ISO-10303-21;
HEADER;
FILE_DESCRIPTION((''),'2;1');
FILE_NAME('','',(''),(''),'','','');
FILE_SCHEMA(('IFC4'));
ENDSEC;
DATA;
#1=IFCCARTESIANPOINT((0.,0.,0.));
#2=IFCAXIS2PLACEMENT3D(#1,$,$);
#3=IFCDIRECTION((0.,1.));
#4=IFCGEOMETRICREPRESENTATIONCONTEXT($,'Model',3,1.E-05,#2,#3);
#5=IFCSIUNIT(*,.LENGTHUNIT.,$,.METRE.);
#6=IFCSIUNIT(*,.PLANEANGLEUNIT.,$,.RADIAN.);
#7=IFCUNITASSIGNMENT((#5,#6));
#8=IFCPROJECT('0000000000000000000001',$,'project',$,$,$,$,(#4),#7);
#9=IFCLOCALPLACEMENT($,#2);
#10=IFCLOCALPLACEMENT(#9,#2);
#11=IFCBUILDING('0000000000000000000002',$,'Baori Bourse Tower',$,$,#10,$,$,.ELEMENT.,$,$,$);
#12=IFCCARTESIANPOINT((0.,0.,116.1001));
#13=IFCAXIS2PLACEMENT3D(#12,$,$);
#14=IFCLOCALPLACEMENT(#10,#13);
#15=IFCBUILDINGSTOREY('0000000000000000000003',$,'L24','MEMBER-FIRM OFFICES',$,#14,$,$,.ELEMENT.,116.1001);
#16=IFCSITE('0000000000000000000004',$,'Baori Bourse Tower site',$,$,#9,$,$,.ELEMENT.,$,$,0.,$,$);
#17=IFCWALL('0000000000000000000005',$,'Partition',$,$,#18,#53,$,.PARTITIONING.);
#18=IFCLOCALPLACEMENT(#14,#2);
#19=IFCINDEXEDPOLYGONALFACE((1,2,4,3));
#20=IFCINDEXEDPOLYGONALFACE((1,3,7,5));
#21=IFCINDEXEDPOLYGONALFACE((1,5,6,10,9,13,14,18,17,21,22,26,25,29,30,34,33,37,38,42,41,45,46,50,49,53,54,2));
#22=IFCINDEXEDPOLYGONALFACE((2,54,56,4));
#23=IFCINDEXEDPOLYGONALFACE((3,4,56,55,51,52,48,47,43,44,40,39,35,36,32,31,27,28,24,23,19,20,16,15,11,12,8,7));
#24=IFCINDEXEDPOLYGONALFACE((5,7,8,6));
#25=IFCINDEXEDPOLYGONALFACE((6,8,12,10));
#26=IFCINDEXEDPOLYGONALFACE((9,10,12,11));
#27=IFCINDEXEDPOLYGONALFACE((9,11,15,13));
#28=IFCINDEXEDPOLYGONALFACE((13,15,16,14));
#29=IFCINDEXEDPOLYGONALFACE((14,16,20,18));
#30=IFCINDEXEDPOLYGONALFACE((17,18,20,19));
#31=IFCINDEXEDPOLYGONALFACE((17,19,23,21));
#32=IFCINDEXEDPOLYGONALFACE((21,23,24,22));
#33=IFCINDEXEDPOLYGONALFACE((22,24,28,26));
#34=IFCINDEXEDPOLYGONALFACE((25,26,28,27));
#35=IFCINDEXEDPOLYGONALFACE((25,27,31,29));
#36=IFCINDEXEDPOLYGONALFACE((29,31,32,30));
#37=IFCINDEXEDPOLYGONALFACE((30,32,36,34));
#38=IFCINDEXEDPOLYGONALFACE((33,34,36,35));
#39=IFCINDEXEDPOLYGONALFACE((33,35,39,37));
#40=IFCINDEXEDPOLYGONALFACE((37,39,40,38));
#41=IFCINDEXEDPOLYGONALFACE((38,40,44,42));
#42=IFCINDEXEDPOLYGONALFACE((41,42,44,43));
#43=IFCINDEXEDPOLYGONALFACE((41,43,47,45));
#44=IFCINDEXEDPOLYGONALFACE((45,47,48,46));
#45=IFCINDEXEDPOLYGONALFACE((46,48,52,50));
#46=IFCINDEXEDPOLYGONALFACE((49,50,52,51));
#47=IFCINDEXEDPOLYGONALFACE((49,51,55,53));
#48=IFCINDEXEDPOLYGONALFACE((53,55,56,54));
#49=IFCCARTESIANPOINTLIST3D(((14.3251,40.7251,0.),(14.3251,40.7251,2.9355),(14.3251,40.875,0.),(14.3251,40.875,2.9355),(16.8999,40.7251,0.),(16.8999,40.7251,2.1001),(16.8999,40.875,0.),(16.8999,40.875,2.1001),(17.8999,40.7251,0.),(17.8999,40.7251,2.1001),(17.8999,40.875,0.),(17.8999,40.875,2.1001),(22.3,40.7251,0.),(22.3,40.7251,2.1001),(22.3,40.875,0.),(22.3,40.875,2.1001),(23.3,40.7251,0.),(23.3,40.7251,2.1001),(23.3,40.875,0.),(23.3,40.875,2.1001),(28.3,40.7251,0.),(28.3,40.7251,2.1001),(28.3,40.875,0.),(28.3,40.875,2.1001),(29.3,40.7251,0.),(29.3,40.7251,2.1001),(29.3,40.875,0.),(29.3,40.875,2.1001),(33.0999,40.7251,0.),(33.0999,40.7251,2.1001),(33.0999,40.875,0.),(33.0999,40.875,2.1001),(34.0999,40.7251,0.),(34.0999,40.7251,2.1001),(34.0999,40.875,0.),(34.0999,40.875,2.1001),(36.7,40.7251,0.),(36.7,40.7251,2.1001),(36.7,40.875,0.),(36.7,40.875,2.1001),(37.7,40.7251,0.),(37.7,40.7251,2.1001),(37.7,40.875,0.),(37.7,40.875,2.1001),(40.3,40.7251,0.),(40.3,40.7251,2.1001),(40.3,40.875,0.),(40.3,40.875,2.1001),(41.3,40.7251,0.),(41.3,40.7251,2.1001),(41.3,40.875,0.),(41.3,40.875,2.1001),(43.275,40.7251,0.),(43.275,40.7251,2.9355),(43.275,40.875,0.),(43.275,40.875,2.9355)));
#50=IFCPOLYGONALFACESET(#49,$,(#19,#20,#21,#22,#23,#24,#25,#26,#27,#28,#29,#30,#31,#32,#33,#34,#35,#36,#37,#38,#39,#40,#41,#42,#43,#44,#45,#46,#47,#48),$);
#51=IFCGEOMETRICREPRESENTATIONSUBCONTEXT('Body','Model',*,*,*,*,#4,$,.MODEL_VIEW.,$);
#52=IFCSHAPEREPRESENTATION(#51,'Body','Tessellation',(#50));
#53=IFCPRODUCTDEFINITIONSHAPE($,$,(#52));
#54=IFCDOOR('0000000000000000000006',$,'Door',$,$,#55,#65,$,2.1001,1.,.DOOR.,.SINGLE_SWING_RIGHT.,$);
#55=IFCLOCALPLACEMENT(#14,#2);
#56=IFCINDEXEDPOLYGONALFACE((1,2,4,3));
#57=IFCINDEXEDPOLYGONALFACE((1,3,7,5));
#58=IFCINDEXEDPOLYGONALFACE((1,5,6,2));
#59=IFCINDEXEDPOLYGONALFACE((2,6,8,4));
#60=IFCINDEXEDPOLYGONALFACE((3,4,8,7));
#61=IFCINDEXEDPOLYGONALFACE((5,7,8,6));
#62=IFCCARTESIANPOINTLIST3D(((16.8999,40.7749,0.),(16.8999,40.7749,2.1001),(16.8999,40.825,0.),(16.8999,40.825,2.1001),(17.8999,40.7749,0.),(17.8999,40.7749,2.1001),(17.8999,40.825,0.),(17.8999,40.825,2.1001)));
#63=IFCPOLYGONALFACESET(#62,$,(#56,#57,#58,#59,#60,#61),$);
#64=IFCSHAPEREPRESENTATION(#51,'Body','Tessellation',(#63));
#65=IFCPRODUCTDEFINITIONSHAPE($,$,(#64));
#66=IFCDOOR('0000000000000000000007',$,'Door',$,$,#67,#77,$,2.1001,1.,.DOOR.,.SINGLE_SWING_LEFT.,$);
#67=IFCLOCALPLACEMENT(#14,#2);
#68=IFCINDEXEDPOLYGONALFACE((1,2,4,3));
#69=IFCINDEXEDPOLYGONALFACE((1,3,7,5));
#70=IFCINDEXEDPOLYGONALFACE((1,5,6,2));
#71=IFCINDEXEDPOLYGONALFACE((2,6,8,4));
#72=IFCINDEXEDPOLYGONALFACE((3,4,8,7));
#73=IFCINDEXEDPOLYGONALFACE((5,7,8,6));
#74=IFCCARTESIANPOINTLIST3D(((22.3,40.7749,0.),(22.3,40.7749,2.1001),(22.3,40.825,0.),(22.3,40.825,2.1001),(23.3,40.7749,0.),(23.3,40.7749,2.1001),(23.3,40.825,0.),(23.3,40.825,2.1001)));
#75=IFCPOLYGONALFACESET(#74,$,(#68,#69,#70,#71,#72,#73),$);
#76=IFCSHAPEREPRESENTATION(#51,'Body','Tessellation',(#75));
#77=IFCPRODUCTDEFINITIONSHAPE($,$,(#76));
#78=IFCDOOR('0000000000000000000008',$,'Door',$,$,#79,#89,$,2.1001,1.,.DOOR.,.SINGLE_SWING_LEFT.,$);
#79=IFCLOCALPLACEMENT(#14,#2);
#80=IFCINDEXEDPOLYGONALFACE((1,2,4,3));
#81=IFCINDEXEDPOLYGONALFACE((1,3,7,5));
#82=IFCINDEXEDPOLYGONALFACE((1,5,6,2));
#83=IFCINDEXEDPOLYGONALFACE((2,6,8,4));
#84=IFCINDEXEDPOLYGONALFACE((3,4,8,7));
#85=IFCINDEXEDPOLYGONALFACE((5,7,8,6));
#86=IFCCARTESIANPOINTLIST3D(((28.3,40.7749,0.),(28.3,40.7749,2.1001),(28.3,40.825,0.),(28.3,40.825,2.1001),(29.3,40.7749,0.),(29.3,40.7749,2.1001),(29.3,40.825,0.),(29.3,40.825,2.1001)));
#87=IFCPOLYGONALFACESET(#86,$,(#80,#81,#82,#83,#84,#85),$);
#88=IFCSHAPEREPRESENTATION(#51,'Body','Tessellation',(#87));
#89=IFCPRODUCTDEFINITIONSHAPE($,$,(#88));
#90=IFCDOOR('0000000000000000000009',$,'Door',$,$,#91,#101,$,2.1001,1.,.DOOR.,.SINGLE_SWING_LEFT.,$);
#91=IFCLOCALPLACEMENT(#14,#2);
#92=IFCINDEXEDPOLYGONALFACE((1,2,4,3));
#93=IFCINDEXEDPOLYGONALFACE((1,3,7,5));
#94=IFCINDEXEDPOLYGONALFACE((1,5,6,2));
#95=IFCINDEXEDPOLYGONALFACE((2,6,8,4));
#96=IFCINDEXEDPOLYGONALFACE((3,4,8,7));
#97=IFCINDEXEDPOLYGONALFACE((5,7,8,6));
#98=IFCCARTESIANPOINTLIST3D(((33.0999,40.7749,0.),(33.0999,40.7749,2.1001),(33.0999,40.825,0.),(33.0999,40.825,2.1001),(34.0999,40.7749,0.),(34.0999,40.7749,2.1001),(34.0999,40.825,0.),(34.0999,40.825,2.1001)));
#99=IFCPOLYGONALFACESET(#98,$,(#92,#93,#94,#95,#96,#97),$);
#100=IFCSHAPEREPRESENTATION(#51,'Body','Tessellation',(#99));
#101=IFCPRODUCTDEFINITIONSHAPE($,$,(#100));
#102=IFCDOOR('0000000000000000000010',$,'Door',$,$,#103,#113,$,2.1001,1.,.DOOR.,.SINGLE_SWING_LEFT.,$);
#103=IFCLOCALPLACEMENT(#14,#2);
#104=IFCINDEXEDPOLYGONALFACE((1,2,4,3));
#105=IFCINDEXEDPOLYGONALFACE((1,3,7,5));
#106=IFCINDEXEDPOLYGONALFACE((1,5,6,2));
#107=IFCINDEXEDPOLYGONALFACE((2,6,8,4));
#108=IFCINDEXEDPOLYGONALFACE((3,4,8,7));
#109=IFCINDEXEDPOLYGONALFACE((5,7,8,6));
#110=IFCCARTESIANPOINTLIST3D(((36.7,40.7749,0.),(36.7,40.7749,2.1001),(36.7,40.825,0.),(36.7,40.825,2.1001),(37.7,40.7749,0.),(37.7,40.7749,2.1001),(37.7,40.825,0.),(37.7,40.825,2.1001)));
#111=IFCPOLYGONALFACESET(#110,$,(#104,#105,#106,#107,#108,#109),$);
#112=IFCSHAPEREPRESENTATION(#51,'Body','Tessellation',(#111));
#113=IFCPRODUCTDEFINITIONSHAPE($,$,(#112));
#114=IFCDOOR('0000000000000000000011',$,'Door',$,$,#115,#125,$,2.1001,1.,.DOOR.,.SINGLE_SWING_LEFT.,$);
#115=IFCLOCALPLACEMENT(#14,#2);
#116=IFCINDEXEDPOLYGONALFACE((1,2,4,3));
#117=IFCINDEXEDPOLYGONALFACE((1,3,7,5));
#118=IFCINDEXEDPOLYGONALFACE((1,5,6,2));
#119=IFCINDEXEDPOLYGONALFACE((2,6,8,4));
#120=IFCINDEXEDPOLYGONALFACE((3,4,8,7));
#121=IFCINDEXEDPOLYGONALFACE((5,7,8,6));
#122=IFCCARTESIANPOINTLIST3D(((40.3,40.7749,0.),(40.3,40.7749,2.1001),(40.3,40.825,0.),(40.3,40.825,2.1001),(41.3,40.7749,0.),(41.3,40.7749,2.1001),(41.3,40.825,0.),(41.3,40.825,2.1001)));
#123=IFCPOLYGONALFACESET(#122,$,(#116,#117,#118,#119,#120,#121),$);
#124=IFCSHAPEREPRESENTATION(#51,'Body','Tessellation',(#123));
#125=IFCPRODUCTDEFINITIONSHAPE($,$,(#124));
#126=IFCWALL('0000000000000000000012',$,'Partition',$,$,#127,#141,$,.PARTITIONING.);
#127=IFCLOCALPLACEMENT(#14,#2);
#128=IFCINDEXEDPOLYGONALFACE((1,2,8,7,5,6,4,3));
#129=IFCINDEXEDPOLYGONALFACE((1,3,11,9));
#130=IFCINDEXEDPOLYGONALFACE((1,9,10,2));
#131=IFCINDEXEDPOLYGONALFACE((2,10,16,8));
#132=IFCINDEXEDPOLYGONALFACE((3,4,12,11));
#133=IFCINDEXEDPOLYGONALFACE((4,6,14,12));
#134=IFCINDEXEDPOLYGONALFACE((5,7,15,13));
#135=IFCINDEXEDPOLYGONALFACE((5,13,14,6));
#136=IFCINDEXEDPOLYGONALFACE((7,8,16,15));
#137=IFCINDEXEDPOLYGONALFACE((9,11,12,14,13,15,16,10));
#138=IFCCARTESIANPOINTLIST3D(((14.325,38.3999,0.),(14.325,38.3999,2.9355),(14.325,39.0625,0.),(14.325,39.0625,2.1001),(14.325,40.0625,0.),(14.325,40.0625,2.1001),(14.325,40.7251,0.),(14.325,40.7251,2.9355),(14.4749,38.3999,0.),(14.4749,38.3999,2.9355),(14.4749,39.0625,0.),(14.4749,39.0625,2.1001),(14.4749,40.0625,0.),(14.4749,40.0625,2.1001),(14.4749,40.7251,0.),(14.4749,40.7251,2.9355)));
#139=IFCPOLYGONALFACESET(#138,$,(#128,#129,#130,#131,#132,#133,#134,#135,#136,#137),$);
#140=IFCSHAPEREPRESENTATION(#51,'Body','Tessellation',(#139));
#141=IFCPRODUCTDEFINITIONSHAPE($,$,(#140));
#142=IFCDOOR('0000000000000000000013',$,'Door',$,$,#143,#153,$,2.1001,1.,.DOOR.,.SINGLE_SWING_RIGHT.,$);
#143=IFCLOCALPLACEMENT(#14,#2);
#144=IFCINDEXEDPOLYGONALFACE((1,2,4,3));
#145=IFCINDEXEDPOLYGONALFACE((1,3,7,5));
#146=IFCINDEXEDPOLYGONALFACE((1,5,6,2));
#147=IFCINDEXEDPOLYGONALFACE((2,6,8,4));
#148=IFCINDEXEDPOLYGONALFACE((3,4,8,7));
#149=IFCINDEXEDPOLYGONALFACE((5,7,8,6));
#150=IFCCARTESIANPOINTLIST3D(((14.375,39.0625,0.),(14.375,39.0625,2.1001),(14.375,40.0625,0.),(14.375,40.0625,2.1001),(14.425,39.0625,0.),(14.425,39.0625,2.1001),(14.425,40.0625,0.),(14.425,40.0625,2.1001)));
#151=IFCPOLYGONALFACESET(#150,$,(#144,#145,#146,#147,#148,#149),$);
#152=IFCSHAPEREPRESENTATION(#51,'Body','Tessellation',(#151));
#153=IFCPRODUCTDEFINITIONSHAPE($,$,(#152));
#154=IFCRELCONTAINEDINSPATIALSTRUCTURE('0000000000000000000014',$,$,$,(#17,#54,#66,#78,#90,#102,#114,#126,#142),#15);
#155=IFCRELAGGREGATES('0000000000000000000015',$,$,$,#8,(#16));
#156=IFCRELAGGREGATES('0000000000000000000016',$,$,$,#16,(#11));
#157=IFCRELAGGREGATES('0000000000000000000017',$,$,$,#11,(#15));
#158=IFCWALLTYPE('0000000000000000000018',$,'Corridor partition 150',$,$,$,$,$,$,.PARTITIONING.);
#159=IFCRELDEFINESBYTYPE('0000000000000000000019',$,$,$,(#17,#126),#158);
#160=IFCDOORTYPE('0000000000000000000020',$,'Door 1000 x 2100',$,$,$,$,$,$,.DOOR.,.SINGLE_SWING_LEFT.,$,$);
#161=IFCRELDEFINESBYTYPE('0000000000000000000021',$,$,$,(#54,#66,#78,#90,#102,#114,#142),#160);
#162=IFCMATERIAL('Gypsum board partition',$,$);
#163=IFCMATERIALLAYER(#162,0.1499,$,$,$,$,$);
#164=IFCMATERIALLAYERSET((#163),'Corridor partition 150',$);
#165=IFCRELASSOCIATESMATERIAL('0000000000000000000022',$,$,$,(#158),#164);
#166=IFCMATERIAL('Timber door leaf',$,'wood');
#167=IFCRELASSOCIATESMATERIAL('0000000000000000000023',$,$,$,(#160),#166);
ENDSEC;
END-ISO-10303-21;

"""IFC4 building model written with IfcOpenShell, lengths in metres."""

from ifc_helpers import new_model, si_unit, direction, frame, frame_2d, origin, place, context, subcontext, project, spatial, rectangle, extrude, material, layer, layer_set, type_object, element, fill, save


model = new_model("IFC4")

# Units and contexts
model_context = context("Model", 3, precision=1e-05, world=origin(), true_north=direction((0.0, 1.0)))
body_context = subcontext(model_context, "Body", "Model", "MODEL_VIEW")
ifc_project = project(units=[si_unit("LENGTHUNIT", "METRE"), si_unit("PLANEANGLEUNIT", "RADIAN")], contexts=[model_context])

# Site, building, storey
site_placement = place(None, origin())
site = spatial("IfcSite", under=ifc_project, at=site_placement, Name="Baori Bourse Tower site", CompositionType="ELEMENT", RefElevation=0.0)
building_placement = place(site_placement, origin())
building = spatial("IfcBuilding", under=site, at=building_placement, Name="Baori Bourse Tower", CompositionType="ELEMENT")
storey_placement = place(building_placement, frame((0.0, 0.0, 116.1001)))
storey = spatial("IfcBuildingStorey", under=building, at=storey_placement, Name="L24", Description="MEMBER-FIRM OFFICES", CompositionType="ELEMENT", Elevation=116.1001)

# Wall, openings, doors
ifc_material_1 = material(Name="Gypsum board partition")
ifc_layer_1 = layer(ifc_material_1, 0.1499)
ifc_layer_set_1 = layer_set([ifc_layer_1], Name="Corridor partition 150")
wall_type_1 = type_object("IfcWallType", Name="Corridor partition 150", PredefinedType="PARTITIONING", material=ifc_layer_set_1)
wall_1_placement = place(storey_placement, frame((14.325, 40.8, 0.0), z_axis=(0.0, 0.0, 1.0), x_axis=(1.0, 0.0, 0.0)))
wall_1 = element("IfcWall", 1, at=wall_1_placement, inside=storey, type_object=wall_type_1, Name="Partition", PredefinedType="PARTITIONING", context=body_context, shape_type="SweptSolid", body=[
    extrude(rectangle(XDim=28.95, YDim=0.1499, at=frame_2d((14.4751, 0.0))), origin(), (0.0, 0.0, 1.0), 2.9355),
])
opening_1_placement = place(wall_1_placement, frame((2.575, 0.0, 0.0)))
opening_1 = element("IfcOpeningElement", 2, at=opening_1_placement, cuts=wall_1, PredefinedType="OPENING", context=body_context, shape_type="SweptSolid", body=[
    extrude(rectangle(XDim=1.0, YDim=2.1001, at=frame_2d((0.5, 1.05))), frame((0.0, 0.085, 0.0), z_axis=(0.0, -1.0, 0.0), x_axis=(1.0, 0.0, 0.0)), (0.0, 0.0, 1.0), 0.1699),
])
opening_2_placement = place(wall_1_placement, frame((7.9751, 0.0, 0.0)))
opening_2 = element("IfcOpeningElement", 3, at=opening_2_placement, cuts=wall_1, PredefinedType="OPENING", context=body_context, shape_type="SweptSolid", body=[
    extrude(rectangle(XDim=1.0, YDim=2.1001, at=frame_2d((0.5, 1.05))), frame((0.0, 0.085, 0.0), z_axis=(0.0, -1.0, 0.0), x_axis=(1.0, 0.0, 0.0)), (0.0, 0.0, 1.0), 0.1699),
])
opening_3_placement = place(wall_1_placement, frame((13.9751, 0.0, 0.0)))
opening_3 = element("IfcOpeningElement", 4, at=opening_3_placement, cuts=wall_1, PredefinedType="OPENING", context=body_context, shape_type="SweptSolid", body=[
    extrude(rectangle(XDim=1.0, YDim=2.1001, at=frame_2d((0.5, 1.05))), frame((0.0, 0.085, 0.0), z_axis=(0.0, -1.0, 0.0), x_axis=(1.0, 0.0, 0.0)), (0.0, 0.0, 1.0), 0.1699),
])
opening_4_placement = place(wall_1_placement, frame((18.7749, 0.0, 0.0)))
opening_4 = element("IfcOpeningElement", 5, at=opening_4_placement, cuts=wall_1, PredefinedType="OPENING", context=body_context, shape_type="SweptSolid", body=[
    extrude(rectangle(XDim=1.0, YDim=2.1001, at=frame_2d((0.5, 1.05))), frame((0.0, 0.085, 0.0), z_axis=(0.0, -1.0, 0.0), x_axis=(1.0, 0.0, 0.0)), (0.0, 0.0, 1.0), 0.1699),
])
opening_5_placement = place(wall_1_placement, frame((22.375, 0.0, 0.0)))
opening_5 = element("IfcOpeningElement", 6, at=opening_5_placement, cuts=wall_1, PredefinedType="OPENING", context=body_context, shape_type="SweptSolid", body=[
    extrude(rectangle(XDim=1.0, YDim=2.1001, at=frame_2d((0.5, 1.05))), frame((0.0, 0.085, 0.0), z_axis=(0.0, -1.0, 0.0), x_axis=(1.0, 0.0, 0.0)), (0.0, 0.0, 1.0), 0.1699),
])
opening_6_placement = place(wall_1_placement, frame((25.9751, 0.0, 0.0)))
opening_6 = element("IfcOpeningElement", 7, at=opening_6_placement, cuts=wall_1, PredefinedType="OPENING", context=body_context, shape_type="SweptSolid", body=[
    extrude(rectangle(XDim=1.0, YDim=2.1001, at=frame_2d((0.5, 1.05))), frame((0.0, 0.085, 0.0), z_axis=(0.0, -1.0, 0.0), x_axis=(1.0, 0.0, 0.0)), (0.0, 0.0, 1.0), 0.1699),
])
ifc_material_2 = material(Name="Timber door leaf", Category="wood")
door_type_1 = type_object("IfcDoorType", Name="Door 1000 x 2100", OperationType="SINGLE_SWING_LEFT", PredefinedType="DOOR", material=ifc_material_2)
door_1_placement = place(opening_1_placement, origin())
door_1 = element("IfcDoor", 8, at=door_1_placement, inside=storey, type_object=door_type_1, Name="Door", OperationType="SINGLE_SWING_RIGHT", OverallHeight=2.1001, OverallWidth=1.0, PredefinedType="DOOR", context=body_context, shape_type="SweptSolid", body=[
    extrude(rectangle(XDim=1.0, YDim=2.1001, at=frame_2d((0.5, 1.05))), frame((0.0, 0.0249, 0.0), z_axis=(0.0, -1.0, 0.0), x_axis=(1.0, 0.0, 0.0)), (0.0, 0.0, 1.0), 0.05),
])
fill(opening_1, door_1)
door_2_placement = place(opening_2_placement, origin())
door_2 = element("IfcDoor", 9, at=door_2_placement, inside=storey, type_object=door_type_1, Name="Door", OperationType="SINGLE_SWING_LEFT", OverallHeight=2.1001, OverallWidth=1.0, PredefinedType="DOOR", context=body_context, shape_type="SweptSolid", body=[
    extrude(rectangle(XDim=1.0, YDim=2.1001, at=frame_2d((0.5, 1.05))), frame((0.0, 0.0249, 0.0), z_axis=(0.0, -1.0, 0.0), x_axis=(1.0, 0.0, 0.0)), (0.0, 0.0, 1.0), 0.05),
])
fill(opening_2, door_2)
door_3_placement = place(opening_3_placement, origin())
door_3 = element("IfcDoor", 10, at=door_3_placement, inside=storey, type_object=door_type_1, Name="Door", OperationType="SINGLE_SWING_LEFT", OverallHeight=2.1001, OverallWidth=1.0, PredefinedType="DOOR", context=body_context, shape_type="SweptSolid", body=[
    extrude(rectangle(XDim=1.0, YDim=2.1001, at=frame_2d((0.5, 1.05))), frame((0.0, 0.0249, 0.0), z_axis=(0.0, -1.0, 0.0), x_axis=(1.0, 0.0, 0.0)), (0.0, 0.0, 1.0), 0.05),
])
fill(opening_3, door_3)
door_4_placement = place(opening_4_placement, origin())
door_4 = element("IfcDoor", 11, at=door_4_placement, inside=storey, type_object=door_type_1, Name="Door", OperationType="SINGLE_SWING_LEFT", OverallHeight=2.1001, OverallWidth=1.0, PredefinedType="DOOR", context=body_context, shape_type="SweptSolid", body=[
    extrude(rectangle(XDim=1.0, YDim=2.1001, at=frame_2d((0.5, 1.05))), frame((0.0, 0.0249, 0.0), z_axis=(0.0, -1.0, 0.0), x_axis=(1.0, 0.0, 0.0)), (0.0, 0.0, 1.0), 0.05),
])
fill(opening_4, door_4)
door_5_placement = place(opening_5_placement, origin())
door_5 = element("IfcDoor", 12, at=door_5_placement, inside=storey, type_object=door_type_1, Name="Door", OperationType="SINGLE_SWING_LEFT", OverallHeight=2.1001, OverallWidth=1.0, PredefinedType="DOOR", context=body_context, shape_type="SweptSolid", body=[
    extrude(rectangle(XDim=1.0, YDim=2.1001, at=frame_2d((0.5, 1.05))), frame((0.0, 0.0249, 0.0), z_axis=(0.0, -1.0, 0.0), x_axis=(1.0, 0.0, 0.0)), (0.0, 0.0, 1.0), 0.05),
])
fill(opening_5, door_5)
door_6_placement = place(opening_6_placement, origin())
door_6 = element("IfcDoor", 13, at=door_6_placement, inside=storey, type_object=door_type_1, Name="Door", OperationType="SINGLE_SWING_LEFT", OverallHeight=2.1001, OverallWidth=1.0, PredefinedType="DOOR", context=body_context, shape_type="SweptSolid", body=[
    extrude(rectangle(XDim=1.0, YDim=2.1001, at=frame_2d((0.5, 1.05))), frame((0.0, 0.0249, 0.0), z_axis=(0.0, -1.0, 0.0), x_axis=(1.0, 0.0, 0.0)), (0.0, 0.0, 1.0), 0.05),
])
fill(opening_6, door_6)

# Wall, opening, door
wall_2_placement = place(storey_placement, frame((14.3999, 38.3999, 0.0), z_axis=(0.0, 0.0, 1.0), x_axis=(0.0, 1.0, 0.0)))
wall_2 = element("IfcWall", 14, at=wall_2_placement, inside=storey, type_object=wall_type_1, Name="Partition", PredefinedType="PARTITIONING", context=body_context, shape_type="SweptSolid", body=[
    extrude(rectangle(XDim=2.3252, YDim=0.1499, at=frame_2d((1.1626, 0.0))), origin(), (0.0, 0.0, 1.0), 2.9355),
])
opening_7_placement = place(wall_2_placement, frame((0.6626, 0.0, 0.0)))
opening_7 = element("IfcOpeningElement", 15, at=opening_7_placement, cuts=wall_2, PredefinedType="OPENING", context=body_context, shape_type="SweptSolid", body=[
    extrude(rectangle(XDim=1.0, YDim=2.1001, at=frame_2d((0.5, 1.05))), frame((0.0, 0.085, 0.0), z_axis=(0.0, -1.0, 0.0), x_axis=(1.0, 0.0, 0.0)), (0.0, 0.0, 1.0), 0.1699),
])
door_7_placement = place(opening_7_placement, origin())
door_7 = element("IfcDoor", 16, at=door_7_placement, inside=storey, type_object=door_type_1, Name="Door", OperationType="SINGLE_SWING_RIGHT", OverallHeight=2.1001, OverallWidth=1.0, PredefinedType="DOOR", context=body_context, shape_type="SweptSolid", body=[
    extrude(rectangle(XDim=1.0, YDim=2.1001, at=frame_2d((0.5, 1.05))), frame((0.0, 0.0249, 0.0), z_axis=(0.0, -1.0, 0.0), x_axis=(1.0, 0.0, 0.0)), (0.0, 0.0, 1.0), 0.05),
])
fill(opening_7, door_7)

save(model, "model.ifc")
